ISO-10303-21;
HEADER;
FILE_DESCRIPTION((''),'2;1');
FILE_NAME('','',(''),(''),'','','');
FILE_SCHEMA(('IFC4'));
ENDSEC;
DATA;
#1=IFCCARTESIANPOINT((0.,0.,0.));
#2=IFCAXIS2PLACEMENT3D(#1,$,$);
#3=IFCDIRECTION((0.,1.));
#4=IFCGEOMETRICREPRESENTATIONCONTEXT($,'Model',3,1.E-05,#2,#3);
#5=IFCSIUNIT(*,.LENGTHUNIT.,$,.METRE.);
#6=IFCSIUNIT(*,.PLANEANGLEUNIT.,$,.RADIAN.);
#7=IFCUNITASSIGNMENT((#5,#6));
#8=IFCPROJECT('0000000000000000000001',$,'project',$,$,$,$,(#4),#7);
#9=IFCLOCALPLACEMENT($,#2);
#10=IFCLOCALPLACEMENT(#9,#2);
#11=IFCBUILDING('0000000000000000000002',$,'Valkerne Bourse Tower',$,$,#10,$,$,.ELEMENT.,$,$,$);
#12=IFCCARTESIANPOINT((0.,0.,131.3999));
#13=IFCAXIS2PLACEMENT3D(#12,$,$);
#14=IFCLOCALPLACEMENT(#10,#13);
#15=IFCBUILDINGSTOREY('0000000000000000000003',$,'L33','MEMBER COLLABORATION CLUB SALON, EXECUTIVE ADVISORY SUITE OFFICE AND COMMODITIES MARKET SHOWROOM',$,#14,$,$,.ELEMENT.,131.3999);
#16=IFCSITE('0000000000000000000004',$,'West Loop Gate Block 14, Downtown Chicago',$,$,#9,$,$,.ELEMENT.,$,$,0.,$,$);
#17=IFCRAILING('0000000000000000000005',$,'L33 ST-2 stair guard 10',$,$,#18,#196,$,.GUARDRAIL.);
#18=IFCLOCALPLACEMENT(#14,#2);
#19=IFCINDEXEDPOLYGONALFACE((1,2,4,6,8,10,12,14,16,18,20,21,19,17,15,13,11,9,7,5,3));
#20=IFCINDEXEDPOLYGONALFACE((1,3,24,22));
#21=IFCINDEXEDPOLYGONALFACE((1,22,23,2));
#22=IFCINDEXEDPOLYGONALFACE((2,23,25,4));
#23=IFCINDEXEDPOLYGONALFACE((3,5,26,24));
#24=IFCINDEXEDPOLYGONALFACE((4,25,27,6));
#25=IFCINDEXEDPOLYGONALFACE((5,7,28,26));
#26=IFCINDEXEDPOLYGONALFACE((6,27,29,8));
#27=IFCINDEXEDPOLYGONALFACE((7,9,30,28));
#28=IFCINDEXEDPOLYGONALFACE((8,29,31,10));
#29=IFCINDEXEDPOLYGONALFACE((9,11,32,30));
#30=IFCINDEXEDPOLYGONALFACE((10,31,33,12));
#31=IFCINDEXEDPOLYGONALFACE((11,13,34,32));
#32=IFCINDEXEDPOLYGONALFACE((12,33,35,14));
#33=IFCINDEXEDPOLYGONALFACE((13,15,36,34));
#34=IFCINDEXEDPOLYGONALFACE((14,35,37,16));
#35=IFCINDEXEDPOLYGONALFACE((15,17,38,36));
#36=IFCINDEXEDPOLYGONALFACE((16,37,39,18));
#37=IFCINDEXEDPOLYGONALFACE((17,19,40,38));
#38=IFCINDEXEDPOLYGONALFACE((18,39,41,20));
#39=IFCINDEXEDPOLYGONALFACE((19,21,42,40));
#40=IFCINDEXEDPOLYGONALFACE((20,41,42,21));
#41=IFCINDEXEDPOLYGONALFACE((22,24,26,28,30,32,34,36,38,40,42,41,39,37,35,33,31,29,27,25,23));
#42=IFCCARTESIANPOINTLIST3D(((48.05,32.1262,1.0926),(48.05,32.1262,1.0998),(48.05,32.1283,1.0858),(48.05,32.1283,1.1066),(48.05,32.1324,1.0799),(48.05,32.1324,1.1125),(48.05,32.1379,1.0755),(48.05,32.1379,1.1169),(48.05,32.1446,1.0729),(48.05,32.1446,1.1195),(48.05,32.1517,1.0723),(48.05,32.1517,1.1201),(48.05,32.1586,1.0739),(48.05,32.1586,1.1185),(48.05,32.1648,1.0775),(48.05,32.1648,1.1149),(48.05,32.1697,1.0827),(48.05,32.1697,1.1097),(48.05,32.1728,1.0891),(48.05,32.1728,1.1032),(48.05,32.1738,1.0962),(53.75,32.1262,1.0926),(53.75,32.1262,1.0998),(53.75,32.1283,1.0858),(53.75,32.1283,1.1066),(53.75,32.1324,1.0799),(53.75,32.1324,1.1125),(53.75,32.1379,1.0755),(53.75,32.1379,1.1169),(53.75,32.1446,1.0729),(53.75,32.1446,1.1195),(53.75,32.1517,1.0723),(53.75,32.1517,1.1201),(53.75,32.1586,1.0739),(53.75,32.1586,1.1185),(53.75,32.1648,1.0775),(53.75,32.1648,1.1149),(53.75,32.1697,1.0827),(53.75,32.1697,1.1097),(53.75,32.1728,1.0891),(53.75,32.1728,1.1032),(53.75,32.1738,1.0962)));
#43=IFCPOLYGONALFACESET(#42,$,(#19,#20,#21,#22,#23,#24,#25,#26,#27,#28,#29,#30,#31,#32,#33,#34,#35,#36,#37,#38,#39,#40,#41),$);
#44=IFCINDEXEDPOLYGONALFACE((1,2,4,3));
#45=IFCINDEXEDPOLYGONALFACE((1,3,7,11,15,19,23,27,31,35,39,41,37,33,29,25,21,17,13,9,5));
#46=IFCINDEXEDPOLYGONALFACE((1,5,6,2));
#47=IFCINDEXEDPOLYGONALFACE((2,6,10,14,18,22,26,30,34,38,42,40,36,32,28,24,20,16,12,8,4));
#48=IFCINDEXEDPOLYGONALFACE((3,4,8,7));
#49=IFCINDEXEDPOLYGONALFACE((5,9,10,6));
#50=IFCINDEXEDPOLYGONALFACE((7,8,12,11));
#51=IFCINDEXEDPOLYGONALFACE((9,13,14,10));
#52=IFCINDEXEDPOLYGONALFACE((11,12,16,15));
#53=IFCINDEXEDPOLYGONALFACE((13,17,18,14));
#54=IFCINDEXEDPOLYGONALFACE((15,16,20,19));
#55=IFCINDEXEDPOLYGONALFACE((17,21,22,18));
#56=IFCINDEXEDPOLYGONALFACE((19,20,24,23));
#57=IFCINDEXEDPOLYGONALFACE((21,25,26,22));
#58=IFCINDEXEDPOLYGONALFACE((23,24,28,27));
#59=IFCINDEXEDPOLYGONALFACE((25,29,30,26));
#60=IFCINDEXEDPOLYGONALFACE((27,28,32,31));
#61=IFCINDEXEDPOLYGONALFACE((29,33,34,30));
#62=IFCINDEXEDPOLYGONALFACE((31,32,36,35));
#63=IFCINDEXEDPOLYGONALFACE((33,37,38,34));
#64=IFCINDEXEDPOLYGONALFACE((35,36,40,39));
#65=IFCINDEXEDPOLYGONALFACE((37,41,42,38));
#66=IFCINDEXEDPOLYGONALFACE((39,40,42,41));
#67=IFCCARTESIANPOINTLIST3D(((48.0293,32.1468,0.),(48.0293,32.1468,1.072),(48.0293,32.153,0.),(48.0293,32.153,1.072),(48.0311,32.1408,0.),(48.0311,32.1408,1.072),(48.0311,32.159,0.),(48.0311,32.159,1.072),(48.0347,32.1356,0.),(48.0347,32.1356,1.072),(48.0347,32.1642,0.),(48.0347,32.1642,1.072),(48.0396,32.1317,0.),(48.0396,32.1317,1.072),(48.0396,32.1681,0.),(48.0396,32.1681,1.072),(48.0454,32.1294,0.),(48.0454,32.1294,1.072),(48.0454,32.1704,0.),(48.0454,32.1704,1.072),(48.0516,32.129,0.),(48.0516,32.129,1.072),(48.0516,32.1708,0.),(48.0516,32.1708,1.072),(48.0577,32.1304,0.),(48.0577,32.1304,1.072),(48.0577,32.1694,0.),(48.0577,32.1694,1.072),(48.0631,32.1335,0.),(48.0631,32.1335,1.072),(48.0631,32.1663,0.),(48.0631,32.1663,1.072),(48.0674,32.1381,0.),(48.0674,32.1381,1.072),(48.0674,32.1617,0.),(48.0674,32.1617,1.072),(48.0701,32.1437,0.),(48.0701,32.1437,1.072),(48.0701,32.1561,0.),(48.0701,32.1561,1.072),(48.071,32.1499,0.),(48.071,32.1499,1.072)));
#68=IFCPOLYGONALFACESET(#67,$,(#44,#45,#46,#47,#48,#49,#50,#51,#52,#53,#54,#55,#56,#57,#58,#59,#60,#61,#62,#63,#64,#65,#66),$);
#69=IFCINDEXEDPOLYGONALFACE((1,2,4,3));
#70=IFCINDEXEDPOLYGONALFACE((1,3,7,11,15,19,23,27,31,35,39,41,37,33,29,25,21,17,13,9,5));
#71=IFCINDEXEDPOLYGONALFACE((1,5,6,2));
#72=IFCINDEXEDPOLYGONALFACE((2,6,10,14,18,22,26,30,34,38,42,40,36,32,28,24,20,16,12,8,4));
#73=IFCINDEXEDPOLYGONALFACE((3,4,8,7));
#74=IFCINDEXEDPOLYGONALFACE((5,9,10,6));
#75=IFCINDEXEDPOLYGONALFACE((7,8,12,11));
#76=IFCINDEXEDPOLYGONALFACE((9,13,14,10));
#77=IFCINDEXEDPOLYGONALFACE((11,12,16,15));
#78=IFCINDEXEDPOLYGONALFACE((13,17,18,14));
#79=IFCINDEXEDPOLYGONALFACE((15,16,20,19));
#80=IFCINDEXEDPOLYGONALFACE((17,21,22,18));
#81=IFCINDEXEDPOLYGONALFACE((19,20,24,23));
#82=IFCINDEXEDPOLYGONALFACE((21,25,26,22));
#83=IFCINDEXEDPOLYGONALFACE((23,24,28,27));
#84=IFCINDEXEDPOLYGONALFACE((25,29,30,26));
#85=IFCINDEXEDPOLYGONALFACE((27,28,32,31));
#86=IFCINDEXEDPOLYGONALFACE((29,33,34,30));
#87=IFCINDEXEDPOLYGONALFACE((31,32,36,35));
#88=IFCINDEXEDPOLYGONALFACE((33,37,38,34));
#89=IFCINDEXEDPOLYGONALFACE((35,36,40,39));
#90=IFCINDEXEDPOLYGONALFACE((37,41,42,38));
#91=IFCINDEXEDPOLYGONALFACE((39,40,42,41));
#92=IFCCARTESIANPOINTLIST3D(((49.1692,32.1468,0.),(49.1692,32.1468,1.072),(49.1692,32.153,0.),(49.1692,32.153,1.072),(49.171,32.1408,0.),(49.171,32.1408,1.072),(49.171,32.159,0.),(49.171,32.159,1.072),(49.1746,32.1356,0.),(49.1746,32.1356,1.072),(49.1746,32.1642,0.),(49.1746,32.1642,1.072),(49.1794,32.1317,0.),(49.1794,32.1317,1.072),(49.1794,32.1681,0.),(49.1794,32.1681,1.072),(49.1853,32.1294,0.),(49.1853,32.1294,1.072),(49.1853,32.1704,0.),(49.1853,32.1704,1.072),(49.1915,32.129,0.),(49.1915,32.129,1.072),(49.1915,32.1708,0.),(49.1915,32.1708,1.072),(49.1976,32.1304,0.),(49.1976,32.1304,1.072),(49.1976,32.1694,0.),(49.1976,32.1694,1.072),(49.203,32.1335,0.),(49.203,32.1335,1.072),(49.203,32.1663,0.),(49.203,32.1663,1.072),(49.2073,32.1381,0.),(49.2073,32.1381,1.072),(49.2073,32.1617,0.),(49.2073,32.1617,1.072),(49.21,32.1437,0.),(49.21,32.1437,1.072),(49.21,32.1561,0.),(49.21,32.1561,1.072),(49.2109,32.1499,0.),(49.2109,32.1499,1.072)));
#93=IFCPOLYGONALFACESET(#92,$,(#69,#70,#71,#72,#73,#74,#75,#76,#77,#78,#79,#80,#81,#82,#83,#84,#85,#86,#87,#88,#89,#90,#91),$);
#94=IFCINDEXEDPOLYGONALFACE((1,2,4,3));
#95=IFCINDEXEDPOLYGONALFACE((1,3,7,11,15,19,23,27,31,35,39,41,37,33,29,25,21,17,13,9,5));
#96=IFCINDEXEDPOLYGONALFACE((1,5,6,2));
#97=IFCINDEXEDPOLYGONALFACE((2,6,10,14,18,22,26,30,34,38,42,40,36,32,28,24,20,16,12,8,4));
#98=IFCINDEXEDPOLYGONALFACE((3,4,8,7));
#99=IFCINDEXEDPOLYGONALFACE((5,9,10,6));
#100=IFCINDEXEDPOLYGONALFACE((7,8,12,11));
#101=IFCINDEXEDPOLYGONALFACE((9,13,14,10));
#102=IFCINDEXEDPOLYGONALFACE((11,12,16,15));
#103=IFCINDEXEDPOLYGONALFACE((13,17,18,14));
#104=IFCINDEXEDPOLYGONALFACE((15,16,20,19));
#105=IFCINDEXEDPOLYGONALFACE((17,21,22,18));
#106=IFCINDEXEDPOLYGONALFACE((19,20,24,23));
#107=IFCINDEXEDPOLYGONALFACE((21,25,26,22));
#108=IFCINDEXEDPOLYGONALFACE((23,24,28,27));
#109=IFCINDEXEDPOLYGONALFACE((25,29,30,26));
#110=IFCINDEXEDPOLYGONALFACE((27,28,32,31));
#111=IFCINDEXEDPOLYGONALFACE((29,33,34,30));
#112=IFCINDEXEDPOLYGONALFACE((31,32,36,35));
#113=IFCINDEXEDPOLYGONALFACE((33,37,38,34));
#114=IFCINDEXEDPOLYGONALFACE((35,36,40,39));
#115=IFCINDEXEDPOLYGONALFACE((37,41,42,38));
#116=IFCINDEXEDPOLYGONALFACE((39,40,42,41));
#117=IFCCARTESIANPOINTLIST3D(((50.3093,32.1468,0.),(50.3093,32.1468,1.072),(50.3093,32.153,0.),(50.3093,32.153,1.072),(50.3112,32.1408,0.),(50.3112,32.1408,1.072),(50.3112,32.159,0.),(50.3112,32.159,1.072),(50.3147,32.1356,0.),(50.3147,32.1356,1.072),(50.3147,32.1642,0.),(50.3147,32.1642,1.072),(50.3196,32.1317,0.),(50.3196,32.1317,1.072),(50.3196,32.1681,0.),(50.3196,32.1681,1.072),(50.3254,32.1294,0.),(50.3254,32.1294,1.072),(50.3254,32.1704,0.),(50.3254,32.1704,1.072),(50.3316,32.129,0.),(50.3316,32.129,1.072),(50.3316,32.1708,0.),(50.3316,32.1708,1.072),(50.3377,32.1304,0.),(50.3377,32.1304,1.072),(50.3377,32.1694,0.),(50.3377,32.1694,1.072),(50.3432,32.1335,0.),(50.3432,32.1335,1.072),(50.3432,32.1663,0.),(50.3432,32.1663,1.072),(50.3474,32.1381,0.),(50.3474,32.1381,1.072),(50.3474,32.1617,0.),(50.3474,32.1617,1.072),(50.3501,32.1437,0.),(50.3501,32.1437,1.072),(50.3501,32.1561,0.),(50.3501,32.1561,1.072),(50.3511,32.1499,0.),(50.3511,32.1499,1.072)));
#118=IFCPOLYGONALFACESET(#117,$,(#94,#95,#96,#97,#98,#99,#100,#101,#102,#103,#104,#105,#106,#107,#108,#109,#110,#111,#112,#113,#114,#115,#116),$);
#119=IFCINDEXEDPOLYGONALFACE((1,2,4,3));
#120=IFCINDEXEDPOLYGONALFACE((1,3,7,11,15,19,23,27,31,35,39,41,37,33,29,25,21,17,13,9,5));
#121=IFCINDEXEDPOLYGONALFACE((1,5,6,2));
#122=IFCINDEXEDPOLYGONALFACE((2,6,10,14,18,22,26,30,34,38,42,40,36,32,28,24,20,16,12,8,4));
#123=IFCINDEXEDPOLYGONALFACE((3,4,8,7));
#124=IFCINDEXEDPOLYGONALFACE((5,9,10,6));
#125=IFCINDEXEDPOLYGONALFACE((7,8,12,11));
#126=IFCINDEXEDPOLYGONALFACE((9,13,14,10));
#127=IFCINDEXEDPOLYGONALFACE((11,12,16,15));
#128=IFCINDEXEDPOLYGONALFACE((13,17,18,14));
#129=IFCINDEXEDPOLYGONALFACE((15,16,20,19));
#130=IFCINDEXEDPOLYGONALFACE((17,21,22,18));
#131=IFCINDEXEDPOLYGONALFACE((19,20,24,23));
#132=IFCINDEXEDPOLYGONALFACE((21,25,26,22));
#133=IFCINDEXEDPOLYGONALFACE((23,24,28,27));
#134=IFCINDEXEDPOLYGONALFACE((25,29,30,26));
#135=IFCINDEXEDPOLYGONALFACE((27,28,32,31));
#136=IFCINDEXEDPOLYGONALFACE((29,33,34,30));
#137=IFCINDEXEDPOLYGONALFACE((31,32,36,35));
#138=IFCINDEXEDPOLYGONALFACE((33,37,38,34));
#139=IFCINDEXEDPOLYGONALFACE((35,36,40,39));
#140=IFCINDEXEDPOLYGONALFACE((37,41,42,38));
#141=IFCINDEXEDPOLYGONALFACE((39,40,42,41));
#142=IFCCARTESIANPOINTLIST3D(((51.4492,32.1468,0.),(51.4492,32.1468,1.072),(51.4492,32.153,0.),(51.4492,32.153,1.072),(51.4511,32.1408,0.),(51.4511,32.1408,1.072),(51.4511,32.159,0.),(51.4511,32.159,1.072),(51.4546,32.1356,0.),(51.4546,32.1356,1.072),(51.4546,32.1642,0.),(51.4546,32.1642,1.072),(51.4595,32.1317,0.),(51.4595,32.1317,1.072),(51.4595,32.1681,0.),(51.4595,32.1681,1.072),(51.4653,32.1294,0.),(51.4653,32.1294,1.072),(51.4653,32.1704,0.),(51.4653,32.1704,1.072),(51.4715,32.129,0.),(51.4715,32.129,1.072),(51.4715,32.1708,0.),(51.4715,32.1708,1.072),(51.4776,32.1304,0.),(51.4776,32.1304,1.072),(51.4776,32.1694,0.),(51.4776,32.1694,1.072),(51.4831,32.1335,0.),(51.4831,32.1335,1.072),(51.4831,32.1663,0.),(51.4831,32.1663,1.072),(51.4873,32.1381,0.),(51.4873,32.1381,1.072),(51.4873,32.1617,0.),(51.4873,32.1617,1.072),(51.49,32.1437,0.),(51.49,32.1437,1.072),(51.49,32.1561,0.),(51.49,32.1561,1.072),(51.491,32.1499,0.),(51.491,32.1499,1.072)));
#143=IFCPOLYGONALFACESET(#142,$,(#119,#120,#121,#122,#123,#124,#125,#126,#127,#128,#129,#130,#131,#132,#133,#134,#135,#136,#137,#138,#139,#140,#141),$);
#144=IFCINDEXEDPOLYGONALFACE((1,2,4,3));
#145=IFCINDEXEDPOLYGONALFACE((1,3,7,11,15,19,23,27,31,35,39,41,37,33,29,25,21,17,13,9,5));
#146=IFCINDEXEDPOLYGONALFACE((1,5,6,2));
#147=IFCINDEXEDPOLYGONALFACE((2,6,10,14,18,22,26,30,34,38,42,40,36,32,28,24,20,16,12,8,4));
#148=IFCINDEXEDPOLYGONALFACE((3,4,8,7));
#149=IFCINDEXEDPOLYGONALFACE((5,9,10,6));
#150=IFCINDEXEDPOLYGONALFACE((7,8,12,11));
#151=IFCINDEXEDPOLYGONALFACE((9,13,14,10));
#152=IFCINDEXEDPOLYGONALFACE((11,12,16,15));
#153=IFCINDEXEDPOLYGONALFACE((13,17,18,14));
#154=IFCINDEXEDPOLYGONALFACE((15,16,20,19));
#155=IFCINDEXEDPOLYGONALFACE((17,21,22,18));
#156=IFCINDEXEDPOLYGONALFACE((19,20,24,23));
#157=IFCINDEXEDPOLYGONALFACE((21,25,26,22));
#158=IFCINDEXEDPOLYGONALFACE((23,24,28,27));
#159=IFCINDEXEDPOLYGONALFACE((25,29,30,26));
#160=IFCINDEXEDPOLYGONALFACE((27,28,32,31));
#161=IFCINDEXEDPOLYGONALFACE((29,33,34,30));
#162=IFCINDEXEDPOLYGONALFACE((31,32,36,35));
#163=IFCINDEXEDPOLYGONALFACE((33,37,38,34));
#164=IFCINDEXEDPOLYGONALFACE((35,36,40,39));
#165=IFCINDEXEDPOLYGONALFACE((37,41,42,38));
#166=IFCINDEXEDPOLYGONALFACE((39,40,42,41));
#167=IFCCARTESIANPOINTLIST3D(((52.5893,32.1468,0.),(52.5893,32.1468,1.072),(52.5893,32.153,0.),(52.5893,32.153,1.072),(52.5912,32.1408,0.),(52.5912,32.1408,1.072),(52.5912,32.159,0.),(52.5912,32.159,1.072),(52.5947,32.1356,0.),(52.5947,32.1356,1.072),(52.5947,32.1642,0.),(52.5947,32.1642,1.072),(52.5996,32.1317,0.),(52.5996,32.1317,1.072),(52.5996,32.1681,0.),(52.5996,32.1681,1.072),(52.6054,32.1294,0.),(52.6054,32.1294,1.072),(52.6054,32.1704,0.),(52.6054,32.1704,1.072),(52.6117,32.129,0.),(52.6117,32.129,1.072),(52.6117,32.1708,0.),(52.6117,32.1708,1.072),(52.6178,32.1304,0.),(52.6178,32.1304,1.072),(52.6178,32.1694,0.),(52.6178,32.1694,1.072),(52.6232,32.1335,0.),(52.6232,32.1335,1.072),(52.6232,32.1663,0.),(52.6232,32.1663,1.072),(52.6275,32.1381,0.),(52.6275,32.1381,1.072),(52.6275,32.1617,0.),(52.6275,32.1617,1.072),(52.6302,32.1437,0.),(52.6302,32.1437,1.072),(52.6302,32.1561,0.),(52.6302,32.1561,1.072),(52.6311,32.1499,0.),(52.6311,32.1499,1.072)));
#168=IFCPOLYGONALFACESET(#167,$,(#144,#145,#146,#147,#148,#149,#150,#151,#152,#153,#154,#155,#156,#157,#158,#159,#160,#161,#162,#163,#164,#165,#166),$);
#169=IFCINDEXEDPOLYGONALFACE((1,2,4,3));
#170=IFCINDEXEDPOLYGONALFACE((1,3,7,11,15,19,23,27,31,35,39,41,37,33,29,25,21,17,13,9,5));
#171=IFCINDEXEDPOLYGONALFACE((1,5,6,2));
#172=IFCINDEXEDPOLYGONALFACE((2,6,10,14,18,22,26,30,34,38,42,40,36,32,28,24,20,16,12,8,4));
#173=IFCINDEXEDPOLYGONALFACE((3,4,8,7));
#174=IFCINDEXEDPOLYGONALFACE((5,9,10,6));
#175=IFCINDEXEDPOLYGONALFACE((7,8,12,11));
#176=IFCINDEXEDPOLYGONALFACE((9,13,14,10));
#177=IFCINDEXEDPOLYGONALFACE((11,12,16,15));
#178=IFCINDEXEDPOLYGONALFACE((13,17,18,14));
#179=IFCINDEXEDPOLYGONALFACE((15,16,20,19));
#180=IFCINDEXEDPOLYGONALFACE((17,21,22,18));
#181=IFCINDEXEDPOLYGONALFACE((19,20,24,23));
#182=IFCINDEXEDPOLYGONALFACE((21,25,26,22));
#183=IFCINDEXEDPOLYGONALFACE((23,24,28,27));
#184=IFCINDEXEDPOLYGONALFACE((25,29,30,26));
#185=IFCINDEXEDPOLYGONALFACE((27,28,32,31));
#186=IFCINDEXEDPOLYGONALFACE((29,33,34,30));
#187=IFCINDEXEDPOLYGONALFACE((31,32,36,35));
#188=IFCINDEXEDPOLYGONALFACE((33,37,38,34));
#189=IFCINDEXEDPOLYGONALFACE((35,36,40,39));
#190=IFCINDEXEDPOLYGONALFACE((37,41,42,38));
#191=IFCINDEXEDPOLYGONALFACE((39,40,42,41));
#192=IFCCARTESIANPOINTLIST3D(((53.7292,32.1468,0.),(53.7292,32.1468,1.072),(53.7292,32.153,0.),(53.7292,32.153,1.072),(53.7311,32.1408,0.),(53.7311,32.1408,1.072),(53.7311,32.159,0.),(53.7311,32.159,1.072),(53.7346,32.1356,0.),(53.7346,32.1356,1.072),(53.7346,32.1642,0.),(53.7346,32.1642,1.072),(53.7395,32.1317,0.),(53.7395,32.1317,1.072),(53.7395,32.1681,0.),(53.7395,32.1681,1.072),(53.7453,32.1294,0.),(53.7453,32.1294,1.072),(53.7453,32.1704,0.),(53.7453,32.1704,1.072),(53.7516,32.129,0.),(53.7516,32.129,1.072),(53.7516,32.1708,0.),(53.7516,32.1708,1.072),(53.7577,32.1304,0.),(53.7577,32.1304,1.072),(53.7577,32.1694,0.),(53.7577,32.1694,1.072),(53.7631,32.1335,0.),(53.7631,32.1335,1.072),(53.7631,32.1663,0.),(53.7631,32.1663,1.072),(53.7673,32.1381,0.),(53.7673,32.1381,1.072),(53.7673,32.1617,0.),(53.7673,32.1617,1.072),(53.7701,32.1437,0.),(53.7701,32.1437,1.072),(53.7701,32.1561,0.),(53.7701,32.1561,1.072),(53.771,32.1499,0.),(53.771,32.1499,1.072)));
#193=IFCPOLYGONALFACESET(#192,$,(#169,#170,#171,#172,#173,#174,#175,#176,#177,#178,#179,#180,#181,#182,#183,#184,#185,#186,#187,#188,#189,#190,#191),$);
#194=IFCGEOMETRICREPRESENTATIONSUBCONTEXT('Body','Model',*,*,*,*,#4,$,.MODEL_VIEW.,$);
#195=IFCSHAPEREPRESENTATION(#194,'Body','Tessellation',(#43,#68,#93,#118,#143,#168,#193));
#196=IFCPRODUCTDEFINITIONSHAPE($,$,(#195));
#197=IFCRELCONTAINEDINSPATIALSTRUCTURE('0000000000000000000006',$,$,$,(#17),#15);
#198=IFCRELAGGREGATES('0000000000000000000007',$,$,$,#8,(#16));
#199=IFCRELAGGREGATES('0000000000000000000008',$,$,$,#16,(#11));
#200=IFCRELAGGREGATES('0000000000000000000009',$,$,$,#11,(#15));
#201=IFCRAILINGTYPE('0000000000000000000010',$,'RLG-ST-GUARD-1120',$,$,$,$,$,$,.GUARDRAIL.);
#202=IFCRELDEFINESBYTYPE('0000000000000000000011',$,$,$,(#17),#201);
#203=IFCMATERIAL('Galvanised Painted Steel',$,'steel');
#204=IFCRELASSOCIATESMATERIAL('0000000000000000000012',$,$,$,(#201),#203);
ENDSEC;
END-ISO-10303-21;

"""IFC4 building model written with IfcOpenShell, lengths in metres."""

from ifc_helpers import new_model, si_unit, direction, frame, origin, origin_2d, place, context, subcontext, project, spatial, circle, extrude, material, type_object, element, save


model = new_model("IFC4")

# Units and contexts
model_context = context("Model", 3, precision=1e-05, world=origin(), true_north=direction((0.0, 1.0)))
body_context = subcontext(model_context, "Body", "Model", "MODEL_VIEW")
ifc_project = project(units=[si_unit("LENGTHUNIT", "METRE"), si_unit("PLANEANGLEUNIT", "RADIAN")], contexts=[model_context])

# Site, building, storey
site_placement = place(None, origin())
site = spatial("IfcSite", under=ifc_project, at=site_placement, Name="West Loop Gate Block 14, Downtown Chicago", CompositionType="ELEMENT", RefElevation=0.0)
building_placement = place(site_placement, origin())
building = spatial("IfcBuilding", under=site, at=building_placement, Name="Valkerne Bourse Tower", CompositionType="ELEMENT")
storey_placement = place(building_placement, frame((0.0, 0.0, 131.3999)))
storey = spatial("IfcBuildingStorey", under=building, at=storey_placement, Name="L33", Description="MEMBER COLLABORATION CLUB SALON, EXECUTIVE ADVISORY SUITE OFFICE AND COMMODITIES MARKET SHOWROOM", CompositionType="ELEMENT", Elevation=131.3999)

# Shared definitions
ifc_material_1 = material(Name="Galvanised Painted Steel", Category="steel")

# Railing
railing_type = type_object("IfcRailingType", Name="RLG-ST-GUARD-1120", PredefinedType="GUARDRAIL", material=ifc_material_1)
railing_placement = place(storey_placement, frame((48.05, 32.1499, 0.0)))
element("IfcRailing", 1, at=railing_placement, inside=storey, type_object=railing_type, Name="L33 ST-2 stair guard 10", PredefinedType="GUARDRAIL", context=body_context, shape_type="SweptSolid", body=[
    extrude(circle(Radius=0.0239, at=origin_2d()), frame((0.0, 0.0, 1.0962), z_axis=(1.0, 0.0, 0.0), x_axis=(0.0, 1.0, 0.0)), (0.0, 0.0, 1.0), 5.7),
    extrude(circle(Radius=0.021, at=origin_2d()), origin(), (0.0, 0.0, 1.0), 1.072),
    extrude(circle(Radius=0.021, at=origin_2d()), frame((1.1399, 0.0, 0.0)), (0.0, 0.0, 1.0), 1.072),
    extrude(circle(Radius=0.021, at=origin_2d()), frame((2.28, 0.0, 0.0)), (0.0, 0.0, 1.0), 1.072),
    extrude(circle(Radius=0.021, at=origin_2d()), frame((3.4199, 0.0, 0.0)), (0.0, 0.0, 1.0), 1.072),
    extrude(circle(Radius=0.021, at=origin_2d()), frame((4.5601, 0.0, 0.0)), (0.0, 0.0, 1.0), 1.072),
    extrude(circle(Radius=0.021, at=origin_2d()), frame((5.7, 0.0, 0.0)), (0.0, 0.0, 1.0), 1.072),
])

save(model, "model.ifc")
